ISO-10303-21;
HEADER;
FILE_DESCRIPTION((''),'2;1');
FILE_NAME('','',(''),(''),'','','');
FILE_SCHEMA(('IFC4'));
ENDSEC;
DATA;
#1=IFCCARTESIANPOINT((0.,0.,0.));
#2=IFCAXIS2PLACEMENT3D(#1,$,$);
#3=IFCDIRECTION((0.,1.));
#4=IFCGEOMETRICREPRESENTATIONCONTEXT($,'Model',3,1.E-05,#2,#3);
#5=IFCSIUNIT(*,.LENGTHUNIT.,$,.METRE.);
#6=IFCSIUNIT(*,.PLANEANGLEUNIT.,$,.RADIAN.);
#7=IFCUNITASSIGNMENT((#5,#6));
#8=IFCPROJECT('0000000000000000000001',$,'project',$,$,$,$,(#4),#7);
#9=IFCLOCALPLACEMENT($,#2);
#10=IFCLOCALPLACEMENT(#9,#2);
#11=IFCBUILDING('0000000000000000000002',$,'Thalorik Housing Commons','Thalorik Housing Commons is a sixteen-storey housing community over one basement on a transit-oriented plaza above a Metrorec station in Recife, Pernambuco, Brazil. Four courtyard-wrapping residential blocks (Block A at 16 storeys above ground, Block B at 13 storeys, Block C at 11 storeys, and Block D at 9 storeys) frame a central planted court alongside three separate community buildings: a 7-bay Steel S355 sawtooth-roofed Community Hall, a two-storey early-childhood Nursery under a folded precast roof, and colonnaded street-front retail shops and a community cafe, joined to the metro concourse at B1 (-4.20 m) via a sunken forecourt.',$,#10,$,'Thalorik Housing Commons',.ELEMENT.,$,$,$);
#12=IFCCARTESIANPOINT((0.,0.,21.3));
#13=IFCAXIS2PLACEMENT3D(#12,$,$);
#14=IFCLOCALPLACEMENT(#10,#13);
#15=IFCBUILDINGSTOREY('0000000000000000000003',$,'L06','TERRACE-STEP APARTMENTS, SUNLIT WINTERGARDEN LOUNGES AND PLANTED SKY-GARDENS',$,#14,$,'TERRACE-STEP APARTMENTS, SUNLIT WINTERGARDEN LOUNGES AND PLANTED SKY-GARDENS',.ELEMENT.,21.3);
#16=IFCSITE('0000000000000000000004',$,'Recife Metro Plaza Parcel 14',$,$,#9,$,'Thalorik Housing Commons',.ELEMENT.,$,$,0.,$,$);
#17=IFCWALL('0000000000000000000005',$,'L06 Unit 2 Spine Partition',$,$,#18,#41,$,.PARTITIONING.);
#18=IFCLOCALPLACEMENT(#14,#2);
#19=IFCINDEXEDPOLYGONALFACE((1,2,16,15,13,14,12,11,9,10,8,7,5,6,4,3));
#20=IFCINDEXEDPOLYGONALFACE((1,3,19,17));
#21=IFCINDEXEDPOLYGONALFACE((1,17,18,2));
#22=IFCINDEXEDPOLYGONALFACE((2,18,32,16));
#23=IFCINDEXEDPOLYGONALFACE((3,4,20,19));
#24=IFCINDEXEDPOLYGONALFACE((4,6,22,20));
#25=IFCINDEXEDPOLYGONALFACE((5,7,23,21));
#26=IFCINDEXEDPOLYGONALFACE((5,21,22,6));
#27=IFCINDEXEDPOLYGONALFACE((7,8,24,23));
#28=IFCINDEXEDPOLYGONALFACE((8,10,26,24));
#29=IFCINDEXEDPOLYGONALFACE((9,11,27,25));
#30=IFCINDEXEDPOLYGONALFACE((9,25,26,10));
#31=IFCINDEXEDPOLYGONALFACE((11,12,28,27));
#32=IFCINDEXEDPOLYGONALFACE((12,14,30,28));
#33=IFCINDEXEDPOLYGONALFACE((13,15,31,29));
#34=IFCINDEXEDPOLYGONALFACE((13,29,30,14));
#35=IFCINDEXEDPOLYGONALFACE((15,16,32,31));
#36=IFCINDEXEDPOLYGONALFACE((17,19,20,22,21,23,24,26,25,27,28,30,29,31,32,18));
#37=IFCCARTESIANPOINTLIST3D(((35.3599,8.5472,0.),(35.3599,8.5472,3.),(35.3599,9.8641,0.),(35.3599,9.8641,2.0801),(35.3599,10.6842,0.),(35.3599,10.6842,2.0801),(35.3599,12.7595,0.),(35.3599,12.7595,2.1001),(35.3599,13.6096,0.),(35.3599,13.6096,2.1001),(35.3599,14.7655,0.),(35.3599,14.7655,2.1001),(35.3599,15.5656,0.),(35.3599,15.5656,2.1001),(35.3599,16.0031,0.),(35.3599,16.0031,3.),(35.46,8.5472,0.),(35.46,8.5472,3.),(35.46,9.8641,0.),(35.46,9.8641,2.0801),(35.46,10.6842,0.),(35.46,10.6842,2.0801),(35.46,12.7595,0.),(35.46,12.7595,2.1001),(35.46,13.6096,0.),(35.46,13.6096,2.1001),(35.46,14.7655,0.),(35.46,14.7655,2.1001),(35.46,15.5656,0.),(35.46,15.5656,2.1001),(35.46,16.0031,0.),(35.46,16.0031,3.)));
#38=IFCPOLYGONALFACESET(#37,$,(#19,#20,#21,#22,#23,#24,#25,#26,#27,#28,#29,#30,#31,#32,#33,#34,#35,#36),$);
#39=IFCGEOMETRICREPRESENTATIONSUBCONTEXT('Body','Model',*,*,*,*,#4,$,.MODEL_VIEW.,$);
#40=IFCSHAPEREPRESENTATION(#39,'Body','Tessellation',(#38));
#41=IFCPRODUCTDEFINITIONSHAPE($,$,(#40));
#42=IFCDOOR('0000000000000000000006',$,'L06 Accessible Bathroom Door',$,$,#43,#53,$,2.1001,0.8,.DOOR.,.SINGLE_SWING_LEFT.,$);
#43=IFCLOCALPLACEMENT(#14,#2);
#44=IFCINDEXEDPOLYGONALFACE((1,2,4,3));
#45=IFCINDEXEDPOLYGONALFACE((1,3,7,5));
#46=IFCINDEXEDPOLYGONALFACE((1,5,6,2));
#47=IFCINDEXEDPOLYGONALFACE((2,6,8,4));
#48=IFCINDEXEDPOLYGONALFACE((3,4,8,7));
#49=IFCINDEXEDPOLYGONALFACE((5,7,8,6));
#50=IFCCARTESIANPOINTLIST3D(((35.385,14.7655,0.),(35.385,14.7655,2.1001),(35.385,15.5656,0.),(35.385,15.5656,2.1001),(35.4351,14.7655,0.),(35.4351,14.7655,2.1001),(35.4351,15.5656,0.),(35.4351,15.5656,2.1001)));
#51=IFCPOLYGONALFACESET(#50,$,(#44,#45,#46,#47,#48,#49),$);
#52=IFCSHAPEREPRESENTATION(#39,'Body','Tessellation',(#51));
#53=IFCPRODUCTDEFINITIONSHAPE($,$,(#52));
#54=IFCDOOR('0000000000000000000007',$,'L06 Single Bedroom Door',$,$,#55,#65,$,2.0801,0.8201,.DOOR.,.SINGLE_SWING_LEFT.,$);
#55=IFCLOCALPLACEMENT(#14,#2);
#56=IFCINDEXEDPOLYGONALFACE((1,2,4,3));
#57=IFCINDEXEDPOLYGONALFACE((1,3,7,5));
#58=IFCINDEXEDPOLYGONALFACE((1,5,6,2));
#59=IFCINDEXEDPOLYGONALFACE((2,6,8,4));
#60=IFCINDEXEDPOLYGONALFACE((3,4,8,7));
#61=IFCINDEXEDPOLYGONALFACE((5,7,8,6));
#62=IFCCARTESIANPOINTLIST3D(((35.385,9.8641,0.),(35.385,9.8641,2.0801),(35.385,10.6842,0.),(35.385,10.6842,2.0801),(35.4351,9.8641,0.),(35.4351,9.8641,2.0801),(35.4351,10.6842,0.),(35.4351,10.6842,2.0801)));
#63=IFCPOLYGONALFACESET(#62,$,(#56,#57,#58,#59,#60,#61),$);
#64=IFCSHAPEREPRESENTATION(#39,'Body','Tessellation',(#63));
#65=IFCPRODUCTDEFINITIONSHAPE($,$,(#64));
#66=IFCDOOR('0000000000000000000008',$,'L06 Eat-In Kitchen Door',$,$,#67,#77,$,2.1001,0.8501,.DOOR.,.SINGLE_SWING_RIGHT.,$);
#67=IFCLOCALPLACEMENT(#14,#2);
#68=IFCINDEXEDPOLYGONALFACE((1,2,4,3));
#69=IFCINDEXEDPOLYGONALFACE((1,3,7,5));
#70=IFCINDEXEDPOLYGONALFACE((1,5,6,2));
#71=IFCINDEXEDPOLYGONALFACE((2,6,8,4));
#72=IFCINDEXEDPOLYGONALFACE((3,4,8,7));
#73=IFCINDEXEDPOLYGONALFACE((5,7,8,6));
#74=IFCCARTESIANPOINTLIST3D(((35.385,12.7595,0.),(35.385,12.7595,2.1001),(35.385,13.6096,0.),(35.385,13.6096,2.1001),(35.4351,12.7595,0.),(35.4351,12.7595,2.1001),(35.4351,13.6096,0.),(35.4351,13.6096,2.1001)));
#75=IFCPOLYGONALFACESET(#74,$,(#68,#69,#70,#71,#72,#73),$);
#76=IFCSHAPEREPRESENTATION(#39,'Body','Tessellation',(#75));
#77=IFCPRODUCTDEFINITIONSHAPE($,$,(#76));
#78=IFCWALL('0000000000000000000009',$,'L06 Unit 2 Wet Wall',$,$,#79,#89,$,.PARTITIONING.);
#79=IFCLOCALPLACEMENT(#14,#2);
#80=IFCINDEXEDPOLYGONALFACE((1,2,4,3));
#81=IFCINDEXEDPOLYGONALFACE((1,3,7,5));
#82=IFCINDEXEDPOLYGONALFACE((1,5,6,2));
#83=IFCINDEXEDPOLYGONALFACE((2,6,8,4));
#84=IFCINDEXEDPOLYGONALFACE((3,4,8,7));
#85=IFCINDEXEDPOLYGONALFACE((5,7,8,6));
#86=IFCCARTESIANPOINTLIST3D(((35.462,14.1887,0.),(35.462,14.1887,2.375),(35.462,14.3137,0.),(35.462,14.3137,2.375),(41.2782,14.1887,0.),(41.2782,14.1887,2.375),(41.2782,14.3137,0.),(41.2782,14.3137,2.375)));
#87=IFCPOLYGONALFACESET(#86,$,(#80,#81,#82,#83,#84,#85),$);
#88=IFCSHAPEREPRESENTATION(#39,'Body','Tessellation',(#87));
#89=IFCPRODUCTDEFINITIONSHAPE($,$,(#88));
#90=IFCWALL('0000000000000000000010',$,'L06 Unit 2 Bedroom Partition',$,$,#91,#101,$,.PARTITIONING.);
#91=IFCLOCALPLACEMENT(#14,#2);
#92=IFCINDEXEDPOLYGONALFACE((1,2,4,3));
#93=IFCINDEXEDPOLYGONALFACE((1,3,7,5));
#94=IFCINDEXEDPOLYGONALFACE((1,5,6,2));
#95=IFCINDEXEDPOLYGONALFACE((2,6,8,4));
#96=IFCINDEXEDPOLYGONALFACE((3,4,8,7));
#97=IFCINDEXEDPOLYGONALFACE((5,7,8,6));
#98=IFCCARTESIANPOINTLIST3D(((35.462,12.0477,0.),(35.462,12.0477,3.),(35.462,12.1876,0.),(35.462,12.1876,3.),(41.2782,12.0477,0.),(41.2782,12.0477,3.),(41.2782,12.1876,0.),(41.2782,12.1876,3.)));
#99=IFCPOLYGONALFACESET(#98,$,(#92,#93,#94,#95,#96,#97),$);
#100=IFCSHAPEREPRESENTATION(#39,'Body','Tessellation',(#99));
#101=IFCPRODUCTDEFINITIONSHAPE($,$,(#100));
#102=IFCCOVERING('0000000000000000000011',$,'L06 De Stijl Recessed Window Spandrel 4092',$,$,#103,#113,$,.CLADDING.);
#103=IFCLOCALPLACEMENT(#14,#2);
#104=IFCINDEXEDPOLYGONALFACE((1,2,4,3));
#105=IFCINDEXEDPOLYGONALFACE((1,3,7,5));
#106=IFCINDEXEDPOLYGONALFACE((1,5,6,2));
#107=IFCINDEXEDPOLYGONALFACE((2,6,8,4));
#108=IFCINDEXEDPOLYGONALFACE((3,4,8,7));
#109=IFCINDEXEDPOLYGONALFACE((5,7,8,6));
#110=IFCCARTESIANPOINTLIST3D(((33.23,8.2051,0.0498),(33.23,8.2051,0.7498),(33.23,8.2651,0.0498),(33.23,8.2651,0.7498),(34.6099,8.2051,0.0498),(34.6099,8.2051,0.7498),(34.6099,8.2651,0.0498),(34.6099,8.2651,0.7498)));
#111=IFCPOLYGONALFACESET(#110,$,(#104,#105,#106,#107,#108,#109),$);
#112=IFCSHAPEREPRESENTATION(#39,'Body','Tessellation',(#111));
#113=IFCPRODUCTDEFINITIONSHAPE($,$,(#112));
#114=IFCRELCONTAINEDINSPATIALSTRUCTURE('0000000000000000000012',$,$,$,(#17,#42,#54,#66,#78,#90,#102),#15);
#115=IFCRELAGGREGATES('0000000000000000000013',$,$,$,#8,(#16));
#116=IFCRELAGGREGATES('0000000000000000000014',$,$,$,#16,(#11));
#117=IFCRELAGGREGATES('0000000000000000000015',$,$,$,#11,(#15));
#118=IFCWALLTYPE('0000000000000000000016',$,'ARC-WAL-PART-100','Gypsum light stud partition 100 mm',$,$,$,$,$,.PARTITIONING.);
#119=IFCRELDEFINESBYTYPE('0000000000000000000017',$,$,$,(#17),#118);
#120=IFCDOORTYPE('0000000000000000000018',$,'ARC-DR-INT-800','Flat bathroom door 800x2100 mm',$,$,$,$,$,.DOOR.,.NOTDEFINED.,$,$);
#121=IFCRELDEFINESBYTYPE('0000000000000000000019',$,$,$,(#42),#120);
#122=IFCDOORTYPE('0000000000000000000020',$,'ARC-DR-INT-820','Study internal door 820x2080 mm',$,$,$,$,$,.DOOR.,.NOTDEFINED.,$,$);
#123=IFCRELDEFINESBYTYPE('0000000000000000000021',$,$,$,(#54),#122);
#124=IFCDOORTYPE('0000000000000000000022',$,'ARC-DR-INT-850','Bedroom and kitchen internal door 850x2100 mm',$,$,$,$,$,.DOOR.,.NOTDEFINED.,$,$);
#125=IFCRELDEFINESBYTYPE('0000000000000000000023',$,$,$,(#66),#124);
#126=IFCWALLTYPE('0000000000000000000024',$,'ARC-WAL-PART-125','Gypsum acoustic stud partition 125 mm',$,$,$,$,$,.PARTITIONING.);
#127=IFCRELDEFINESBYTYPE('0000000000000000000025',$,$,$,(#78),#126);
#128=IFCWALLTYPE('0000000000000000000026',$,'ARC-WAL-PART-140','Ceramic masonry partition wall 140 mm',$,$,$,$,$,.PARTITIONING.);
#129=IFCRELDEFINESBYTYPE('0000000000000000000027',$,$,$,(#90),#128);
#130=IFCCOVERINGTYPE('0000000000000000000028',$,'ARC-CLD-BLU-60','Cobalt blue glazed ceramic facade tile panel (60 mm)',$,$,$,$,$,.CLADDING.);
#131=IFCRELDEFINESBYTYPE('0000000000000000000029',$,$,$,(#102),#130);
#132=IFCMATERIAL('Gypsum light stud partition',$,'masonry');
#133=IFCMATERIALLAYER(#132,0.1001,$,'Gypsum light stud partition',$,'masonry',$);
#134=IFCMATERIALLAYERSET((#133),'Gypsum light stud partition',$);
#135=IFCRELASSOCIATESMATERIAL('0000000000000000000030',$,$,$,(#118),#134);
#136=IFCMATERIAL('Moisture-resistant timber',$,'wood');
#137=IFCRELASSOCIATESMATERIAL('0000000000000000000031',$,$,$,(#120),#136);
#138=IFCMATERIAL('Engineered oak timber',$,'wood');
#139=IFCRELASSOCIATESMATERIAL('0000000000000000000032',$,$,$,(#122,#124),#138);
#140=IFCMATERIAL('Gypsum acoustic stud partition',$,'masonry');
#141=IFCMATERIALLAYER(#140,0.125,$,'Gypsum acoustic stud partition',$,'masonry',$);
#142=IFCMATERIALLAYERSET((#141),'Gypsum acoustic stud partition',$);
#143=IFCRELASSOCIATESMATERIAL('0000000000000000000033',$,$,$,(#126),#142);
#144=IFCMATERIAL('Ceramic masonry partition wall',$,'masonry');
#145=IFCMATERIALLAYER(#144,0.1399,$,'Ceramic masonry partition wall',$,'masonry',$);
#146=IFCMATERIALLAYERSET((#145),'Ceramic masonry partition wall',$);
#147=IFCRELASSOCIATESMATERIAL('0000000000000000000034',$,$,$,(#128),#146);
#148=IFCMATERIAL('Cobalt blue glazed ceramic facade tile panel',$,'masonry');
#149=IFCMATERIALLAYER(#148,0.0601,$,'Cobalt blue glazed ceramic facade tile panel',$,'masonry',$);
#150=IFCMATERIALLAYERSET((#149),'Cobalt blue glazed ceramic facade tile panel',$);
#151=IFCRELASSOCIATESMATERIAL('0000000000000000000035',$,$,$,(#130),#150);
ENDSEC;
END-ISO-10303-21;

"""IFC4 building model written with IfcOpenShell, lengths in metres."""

from ifc_helpers import new_model, si_unit, direction, frame, frame_2d, origin, origin_2d, place, context, subcontext, project, spatial, rectangle, extrude, material, layer, layer_set, type_object, element, fill, save


model = new_model("IFC4")

# Units and contexts
model_context = context("Model", 3, precision=1e-05, world=origin(), true_north=direction((0.0, 1.0)))
body_context = subcontext(model_context, "Body", "Model", "MODEL_VIEW")
ifc_project = project(units=[si_unit("LENGTHUNIT", "METRE"), si_unit("PLANEANGLEUNIT", "RADIAN")], contexts=[model_context])

# Site, building, storey
site_placement = place(None, origin())
site = spatial("IfcSite", under=ifc_project, at=site_placement, Name="Recife Metro Plaza Parcel 14", LongName="Thalorik Housing Commons", CompositionType="ELEMENT", RefElevation=0.0)
building_placement = place(site_placement, origin())
building = spatial("IfcBuilding", under=site, at=building_placement, Name="Thalorik Housing Commons", Description="Thalorik Housing Commons is a sixteen-storey housing community over one basement on a transit-oriented plaza above a Metrorec station in Recife, Pernambuco, Brazil. Four courtyard-wrapping residential blocks (Block A at 16 storeys above ground, Block B at 13 storeys, Block C at 11 storeys, and Block D at 9 storeys) frame a central planted court alongside three separate community buildings: a 7-bay Steel S355 sawtooth-roofed Community Hall, a two-storey early-childhood Nursery under a folded precast roof, and colonnaded street-front retail shops and a community cafe, joined to the metro concourse at B1 (-4.20 m) via a sunken forecourt.", LongName="Thalorik Housing Commons", CompositionType="ELEMENT")
storey_placement = place(building_placement, frame((0.0, 0.0, 21.3)))
storey = spatial("IfcBuildingStorey", under=building, at=storey_placement, Name="L06", Description="TERRACE-STEP APARTMENTS, SUNLIT WINTERGARDEN LOUNGES AND PLANTED SKY-GARDENS", LongName="TERRACE-STEP APARTMENTS, SUNLIT WINTERGARDEN LOUNGES AND PLANTED SKY-GARDENS", CompositionType="ELEMENT", Elevation=21.3)

# Wall, openings, doors
ifc_material_1 = material(Name="Gypsum light stud partition", Category="masonry")
ifc_layer_1 = layer(ifc_material_1, 0.1001, Name="Gypsum light stud partition", Category="masonry")
ifc_layer_set_1 = layer_set([ifc_layer_1], Name="Gypsum light stud partition")
wall_type_1 = type_object("IfcWallType", Name="ARC-WAL-PART-100", Description="Gypsum light stud partition 100 mm", PredefinedType="PARTITIONING", material=ifc_layer_set_1)
wall_1_placement = place(storey_placement, frame((35.4099, 8.5471, 0.0), z_axis=(0.0, 0.0, 1.0), x_axis=(0.0, 1.0, 0.0)))
wall_1 = element("IfcWall", 1, at=wall_1_placement, inside=storey, type_object=wall_type_1, Name="L06 Unit 2 Spine Partition", PredefinedType="PARTITIONING", context=body_context, shape_type="SweptSolid", body=[
    extrude(rectangle(XDim=7.4558, YDim=0.1001, at=frame_2d((3.728, 0.0))), origin(), (0.0, 0.0, 1.0), 3.0),
])
opening_1_placement = place(wall_1_placement, frame((1.3169, 0.0, 0.0)))
opening_1 = element("IfcOpeningElement", 2, at=opening_1_placement, cuts=wall_1, PredefinedType="OPENING", context=body_context, shape_type="SweptSolid", body=[
    extrude(rectangle(XDim=0.8201, YDim=2.0801, at=frame_2d((0.4102, 1.04))), frame((0.0, 0.0601, 0.0), z_axis=(0.0, -1.0, 0.0), x_axis=(1.0, 0.0, 0.0)), (0.0, 0.0, 1.0), 0.1201),
])
opening_2_placement = place(wall_1_placement, frame((4.2124, 0.0, 0.0)))
opening_2 = element("IfcOpeningElement", 3, at=opening_2_placement, cuts=wall_1, PredefinedType="OPENING", context=body_context, shape_type="SweptSolid", body=[
    extrude(rectangle(XDim=0.8501, YDim=2.1001, at=frame_2d((0.425, 1.05))), frame((0.0, 0.0601, 0.0), z_axis=(0.0, -1.0, 0.0), x_axis=(1.0, 0.0, 0.0)), (0.0, 0.0, 1.0), 0.1201),
])
opening_3_placement = place(wall_1_placement, frame((6.2185, 0.0, 0.0)))
opening_3 = element("IfcOpeningElement", 4, at=opening_3_placement, cuts=wall_1, PredefinedType="OPENING", context=body_context, shape_type="SweptSolid", body=[
    extrude(rectangle(XDim=0.8, YDim=2.1001, at=frame_2d((0.3999, 1.05))), frame((0.0, 0.0601, 0.0), z_axis=(0.0, -1.0, 0.0), x_axis=(1.0, 0.0, 0.0)), (0.0, 0.0, 1.0), 0.1201),
])
ifc_material_2 = material(Name="Moisture-resistant timber", Category="wood")
door_type_1 = type_object("IfcDoorType", Name="ARC-DR-INT-800", Description="Flat bathroom door 800x2100 mm", OperationType="NOTDEFINED", PredefinedType="DOOR", material=ifc_material_2)
door_1_placement = place(opening_3_placement, origin())
door_1 = element("IfcDoor", 5, at=door_1_placement, inside=storey, type_object=door_type_1, Name="L06 Accessible Bathroom Door", OperationType="SINGLE_SWING_LEFT", OverallHeight=2.1001, OverallWidth=0.8, PredefinedType="DOOR", context=body_context, shape_type="SweptSolid", body=[
    extrude(rectangle(XDim=0.8, YDim=2.1001, at=frame_2d((0.3999, 1.05))), frame((0.0, 0.0249, 0.0), z_axis=(0.0, -1.0, 0.0), x_axis=(1.0, 0.0, 0.0)), (0.0, 0.0, 1.0), 0.05),
])
fill(opening_3, door_1)
ifc_material_3 = material(Name="Engineered oak timber", Category="wood")
door_type_2 = type_object("IfcDoorType", Name="ARC-DR-INT-820", Description="Study internal door 820x2080 mm", OperationType="NOTDEFINED", PredefinedType="DOOR", material=ifc_material_3)
door_2_placement = place(opening_1_placement, origin())
door_2 = element("IfcDoor", 6, at=door_2_placement, inside=storey, type_object=door_type_2, Name="L06 Single Bedroom Door", OperationType="SINGLE_SWING_LEFT", OverallHeight=2.0801, OverallWidth=0.8201, PredefinedType="DOOR", context=body_context, shape_type="SweptSolid", body=[
    extrude(rectangle(XDim=0.8201, YDim=2.0801, at=frame_2d((0.4102, 1.04))), frame((0.0, 0.0249, 0.0), z_axis=(0.0, -1.0, 0.0), x_axis=(1.0, 0.0, 0.0)), (0.0, 0.0, 1.0), 0.05),
])
fill(opening_1, door_2)
door_type_3 = type_object("IfcDoorType", Name="ARC-DR-INT-850", Description="Bedroom and kitchen internal door 850x2100 mm", OperationType="NOTDEFINED", PredefinedType="DOOR", material=ifc_material_3)
door_3_placement = place(opening_2_placement, origin())
door_3 = element("IfcDoor", 7, at=door_3_placement, inside=storey, type_object=door_type_3, Name="L06 Eat-In Kitchen Door", OperationType="SINGLE_SWING_RIGHT", OverallHeight=2.1001, OverallWidth=0.8501, PredefinedType="DOOR", context=body_context, shape_type="SweptSolid", body=[
    extrude(rectangle(XDim=0.8501, YDim=2.1001, at=frame_2d((0.425, 1.05))), frame((0.0, 0.0249, 0.0), z_axis=(0.0, -1.0, 0.0), x_axis=(1.0, 0.0, 0.0)), (0.0, 0.0, 1.0), 0.05),
])
fill(opening_2, door_3)

# Walls
ifc_material_4 = material(Name="Gypsum acoustic stud partition", Category="masonry")
ifc_layer_2 = layer(ifc_material_4, 0.125, Name="Gypsum acoustic stud partition", Category="masonry")
ifc_layer_set_2 = layer_set([ifc_layer_2], Name="Gypsum acoustic stud partition")
wall_type_2 = type_object("IfcWallType", Name="ARC-WAL-PART-125", Description="Gypsum acoustic stud partition 125 mm", PredefinedType="PARTITIONING", material=ifc_layer_set_2)
wall_2_placement = place(storey_placement, frame((35.4619, 14.2512, 0.0), z_axis=(0.0, 0.0, 1.0), x_axis=(1.0, 0.0, 0.0)))
element("IfcWall", 8, at=wall_2_placement, inside=storey, type_object=wall_type_2, Name="L06 Unit 2 Wet Wall", PredefinedType="PARTITIONING", context=body_context, shape_type="SweptSolid", body=[
    extrude(rectangle(XDim=5.8162, YDim=0.125, at=frame_2d((2.9082, 0.0))), origin(), (0.0, 0.0, 1.0), 2.375),
])
ifc_material_5 = material(Name="Ceramic masonry partition wall", Category="masonry")
ifc_layer_3 = layer(ifc_material_5, 0.1399, Name="Ceramic masonry partition wall", Category="masonry")
ifc_layer_set_3 = layer_set([ifc_layer_3], Name="Ceramic masonry partition wall")
wall_type_3 = type_object("IfcWallType", Name="ARC-WAL-PART-140", Description="Ceramic masonry partition wall 140 mm", PredefinedType="PARTITIONING", material=ifc_layer_set_3)
wall_3_placement = place(storey_placement, frame((35.4619, 12.1177, 0.0), z_axis=(0.0, 0.0, 1.0), x_axis=(1.0, 0.0, 0.0)))
element("IfcWall", 9, at=wall_3_placement, inside=storey, type_object=wall_type_3, Name="L06 Unit 2 Bedroom Partition", PredefinedType="PARTITIONING", context=body_context, shape_type="SweptSolid", body=[
    extrude(rectangle(XDim=5.8162, YDim=0.1399, at=frame_2d((2.9082, 0.0))), origin(), (0.0, 0.0, 1.0), 3.0),
])

# Covering
ifc_material_6 = material(Name="Cobalt blue glazed ceramic facade tile panel", Category="masonry")
ifc_layer_4 = layer(ifc_material_6, 0.0601, Name="Cobalt blue glazed ceramic facade tile panel", Category="masonry")
ifc_layer_set_4 = layer_set([ifc_layer_4], Name="Cobalt blue glazed ceramic facade tile panel")
covering_type_1 = type_object("IfcCoveringType", Name="ARC-CLD-BLU-60", Description="Cobalt blue glazed ceramic facade tile panel (60 mm)", PredefinedType="CLADDING", material=ifc_layer_set_4)
covering_1_placement = place(storey_placement, frame((33.9199, 8.2351, 0.0498), z_axis=(0.0, 0.0, 1.0), x_axis=(1.0, 0.0, 0.0)))
element("IfcCovering", 10, at=covering_1_placement, inside=storey, type_object=covering_type_1, Name="L06 De Stijl Recessed Window Spandrel 4092", PredefinedType="CLADDING", context=body_context, shape_type="SweptSolid", body=[
    extrude(rectangle(XDim=1.3799, YDim=0.0601, at=origin_2d()), origin(), (0.0, 0.0, 1.0), 0.7),
])

save(model, "model.ifc")
